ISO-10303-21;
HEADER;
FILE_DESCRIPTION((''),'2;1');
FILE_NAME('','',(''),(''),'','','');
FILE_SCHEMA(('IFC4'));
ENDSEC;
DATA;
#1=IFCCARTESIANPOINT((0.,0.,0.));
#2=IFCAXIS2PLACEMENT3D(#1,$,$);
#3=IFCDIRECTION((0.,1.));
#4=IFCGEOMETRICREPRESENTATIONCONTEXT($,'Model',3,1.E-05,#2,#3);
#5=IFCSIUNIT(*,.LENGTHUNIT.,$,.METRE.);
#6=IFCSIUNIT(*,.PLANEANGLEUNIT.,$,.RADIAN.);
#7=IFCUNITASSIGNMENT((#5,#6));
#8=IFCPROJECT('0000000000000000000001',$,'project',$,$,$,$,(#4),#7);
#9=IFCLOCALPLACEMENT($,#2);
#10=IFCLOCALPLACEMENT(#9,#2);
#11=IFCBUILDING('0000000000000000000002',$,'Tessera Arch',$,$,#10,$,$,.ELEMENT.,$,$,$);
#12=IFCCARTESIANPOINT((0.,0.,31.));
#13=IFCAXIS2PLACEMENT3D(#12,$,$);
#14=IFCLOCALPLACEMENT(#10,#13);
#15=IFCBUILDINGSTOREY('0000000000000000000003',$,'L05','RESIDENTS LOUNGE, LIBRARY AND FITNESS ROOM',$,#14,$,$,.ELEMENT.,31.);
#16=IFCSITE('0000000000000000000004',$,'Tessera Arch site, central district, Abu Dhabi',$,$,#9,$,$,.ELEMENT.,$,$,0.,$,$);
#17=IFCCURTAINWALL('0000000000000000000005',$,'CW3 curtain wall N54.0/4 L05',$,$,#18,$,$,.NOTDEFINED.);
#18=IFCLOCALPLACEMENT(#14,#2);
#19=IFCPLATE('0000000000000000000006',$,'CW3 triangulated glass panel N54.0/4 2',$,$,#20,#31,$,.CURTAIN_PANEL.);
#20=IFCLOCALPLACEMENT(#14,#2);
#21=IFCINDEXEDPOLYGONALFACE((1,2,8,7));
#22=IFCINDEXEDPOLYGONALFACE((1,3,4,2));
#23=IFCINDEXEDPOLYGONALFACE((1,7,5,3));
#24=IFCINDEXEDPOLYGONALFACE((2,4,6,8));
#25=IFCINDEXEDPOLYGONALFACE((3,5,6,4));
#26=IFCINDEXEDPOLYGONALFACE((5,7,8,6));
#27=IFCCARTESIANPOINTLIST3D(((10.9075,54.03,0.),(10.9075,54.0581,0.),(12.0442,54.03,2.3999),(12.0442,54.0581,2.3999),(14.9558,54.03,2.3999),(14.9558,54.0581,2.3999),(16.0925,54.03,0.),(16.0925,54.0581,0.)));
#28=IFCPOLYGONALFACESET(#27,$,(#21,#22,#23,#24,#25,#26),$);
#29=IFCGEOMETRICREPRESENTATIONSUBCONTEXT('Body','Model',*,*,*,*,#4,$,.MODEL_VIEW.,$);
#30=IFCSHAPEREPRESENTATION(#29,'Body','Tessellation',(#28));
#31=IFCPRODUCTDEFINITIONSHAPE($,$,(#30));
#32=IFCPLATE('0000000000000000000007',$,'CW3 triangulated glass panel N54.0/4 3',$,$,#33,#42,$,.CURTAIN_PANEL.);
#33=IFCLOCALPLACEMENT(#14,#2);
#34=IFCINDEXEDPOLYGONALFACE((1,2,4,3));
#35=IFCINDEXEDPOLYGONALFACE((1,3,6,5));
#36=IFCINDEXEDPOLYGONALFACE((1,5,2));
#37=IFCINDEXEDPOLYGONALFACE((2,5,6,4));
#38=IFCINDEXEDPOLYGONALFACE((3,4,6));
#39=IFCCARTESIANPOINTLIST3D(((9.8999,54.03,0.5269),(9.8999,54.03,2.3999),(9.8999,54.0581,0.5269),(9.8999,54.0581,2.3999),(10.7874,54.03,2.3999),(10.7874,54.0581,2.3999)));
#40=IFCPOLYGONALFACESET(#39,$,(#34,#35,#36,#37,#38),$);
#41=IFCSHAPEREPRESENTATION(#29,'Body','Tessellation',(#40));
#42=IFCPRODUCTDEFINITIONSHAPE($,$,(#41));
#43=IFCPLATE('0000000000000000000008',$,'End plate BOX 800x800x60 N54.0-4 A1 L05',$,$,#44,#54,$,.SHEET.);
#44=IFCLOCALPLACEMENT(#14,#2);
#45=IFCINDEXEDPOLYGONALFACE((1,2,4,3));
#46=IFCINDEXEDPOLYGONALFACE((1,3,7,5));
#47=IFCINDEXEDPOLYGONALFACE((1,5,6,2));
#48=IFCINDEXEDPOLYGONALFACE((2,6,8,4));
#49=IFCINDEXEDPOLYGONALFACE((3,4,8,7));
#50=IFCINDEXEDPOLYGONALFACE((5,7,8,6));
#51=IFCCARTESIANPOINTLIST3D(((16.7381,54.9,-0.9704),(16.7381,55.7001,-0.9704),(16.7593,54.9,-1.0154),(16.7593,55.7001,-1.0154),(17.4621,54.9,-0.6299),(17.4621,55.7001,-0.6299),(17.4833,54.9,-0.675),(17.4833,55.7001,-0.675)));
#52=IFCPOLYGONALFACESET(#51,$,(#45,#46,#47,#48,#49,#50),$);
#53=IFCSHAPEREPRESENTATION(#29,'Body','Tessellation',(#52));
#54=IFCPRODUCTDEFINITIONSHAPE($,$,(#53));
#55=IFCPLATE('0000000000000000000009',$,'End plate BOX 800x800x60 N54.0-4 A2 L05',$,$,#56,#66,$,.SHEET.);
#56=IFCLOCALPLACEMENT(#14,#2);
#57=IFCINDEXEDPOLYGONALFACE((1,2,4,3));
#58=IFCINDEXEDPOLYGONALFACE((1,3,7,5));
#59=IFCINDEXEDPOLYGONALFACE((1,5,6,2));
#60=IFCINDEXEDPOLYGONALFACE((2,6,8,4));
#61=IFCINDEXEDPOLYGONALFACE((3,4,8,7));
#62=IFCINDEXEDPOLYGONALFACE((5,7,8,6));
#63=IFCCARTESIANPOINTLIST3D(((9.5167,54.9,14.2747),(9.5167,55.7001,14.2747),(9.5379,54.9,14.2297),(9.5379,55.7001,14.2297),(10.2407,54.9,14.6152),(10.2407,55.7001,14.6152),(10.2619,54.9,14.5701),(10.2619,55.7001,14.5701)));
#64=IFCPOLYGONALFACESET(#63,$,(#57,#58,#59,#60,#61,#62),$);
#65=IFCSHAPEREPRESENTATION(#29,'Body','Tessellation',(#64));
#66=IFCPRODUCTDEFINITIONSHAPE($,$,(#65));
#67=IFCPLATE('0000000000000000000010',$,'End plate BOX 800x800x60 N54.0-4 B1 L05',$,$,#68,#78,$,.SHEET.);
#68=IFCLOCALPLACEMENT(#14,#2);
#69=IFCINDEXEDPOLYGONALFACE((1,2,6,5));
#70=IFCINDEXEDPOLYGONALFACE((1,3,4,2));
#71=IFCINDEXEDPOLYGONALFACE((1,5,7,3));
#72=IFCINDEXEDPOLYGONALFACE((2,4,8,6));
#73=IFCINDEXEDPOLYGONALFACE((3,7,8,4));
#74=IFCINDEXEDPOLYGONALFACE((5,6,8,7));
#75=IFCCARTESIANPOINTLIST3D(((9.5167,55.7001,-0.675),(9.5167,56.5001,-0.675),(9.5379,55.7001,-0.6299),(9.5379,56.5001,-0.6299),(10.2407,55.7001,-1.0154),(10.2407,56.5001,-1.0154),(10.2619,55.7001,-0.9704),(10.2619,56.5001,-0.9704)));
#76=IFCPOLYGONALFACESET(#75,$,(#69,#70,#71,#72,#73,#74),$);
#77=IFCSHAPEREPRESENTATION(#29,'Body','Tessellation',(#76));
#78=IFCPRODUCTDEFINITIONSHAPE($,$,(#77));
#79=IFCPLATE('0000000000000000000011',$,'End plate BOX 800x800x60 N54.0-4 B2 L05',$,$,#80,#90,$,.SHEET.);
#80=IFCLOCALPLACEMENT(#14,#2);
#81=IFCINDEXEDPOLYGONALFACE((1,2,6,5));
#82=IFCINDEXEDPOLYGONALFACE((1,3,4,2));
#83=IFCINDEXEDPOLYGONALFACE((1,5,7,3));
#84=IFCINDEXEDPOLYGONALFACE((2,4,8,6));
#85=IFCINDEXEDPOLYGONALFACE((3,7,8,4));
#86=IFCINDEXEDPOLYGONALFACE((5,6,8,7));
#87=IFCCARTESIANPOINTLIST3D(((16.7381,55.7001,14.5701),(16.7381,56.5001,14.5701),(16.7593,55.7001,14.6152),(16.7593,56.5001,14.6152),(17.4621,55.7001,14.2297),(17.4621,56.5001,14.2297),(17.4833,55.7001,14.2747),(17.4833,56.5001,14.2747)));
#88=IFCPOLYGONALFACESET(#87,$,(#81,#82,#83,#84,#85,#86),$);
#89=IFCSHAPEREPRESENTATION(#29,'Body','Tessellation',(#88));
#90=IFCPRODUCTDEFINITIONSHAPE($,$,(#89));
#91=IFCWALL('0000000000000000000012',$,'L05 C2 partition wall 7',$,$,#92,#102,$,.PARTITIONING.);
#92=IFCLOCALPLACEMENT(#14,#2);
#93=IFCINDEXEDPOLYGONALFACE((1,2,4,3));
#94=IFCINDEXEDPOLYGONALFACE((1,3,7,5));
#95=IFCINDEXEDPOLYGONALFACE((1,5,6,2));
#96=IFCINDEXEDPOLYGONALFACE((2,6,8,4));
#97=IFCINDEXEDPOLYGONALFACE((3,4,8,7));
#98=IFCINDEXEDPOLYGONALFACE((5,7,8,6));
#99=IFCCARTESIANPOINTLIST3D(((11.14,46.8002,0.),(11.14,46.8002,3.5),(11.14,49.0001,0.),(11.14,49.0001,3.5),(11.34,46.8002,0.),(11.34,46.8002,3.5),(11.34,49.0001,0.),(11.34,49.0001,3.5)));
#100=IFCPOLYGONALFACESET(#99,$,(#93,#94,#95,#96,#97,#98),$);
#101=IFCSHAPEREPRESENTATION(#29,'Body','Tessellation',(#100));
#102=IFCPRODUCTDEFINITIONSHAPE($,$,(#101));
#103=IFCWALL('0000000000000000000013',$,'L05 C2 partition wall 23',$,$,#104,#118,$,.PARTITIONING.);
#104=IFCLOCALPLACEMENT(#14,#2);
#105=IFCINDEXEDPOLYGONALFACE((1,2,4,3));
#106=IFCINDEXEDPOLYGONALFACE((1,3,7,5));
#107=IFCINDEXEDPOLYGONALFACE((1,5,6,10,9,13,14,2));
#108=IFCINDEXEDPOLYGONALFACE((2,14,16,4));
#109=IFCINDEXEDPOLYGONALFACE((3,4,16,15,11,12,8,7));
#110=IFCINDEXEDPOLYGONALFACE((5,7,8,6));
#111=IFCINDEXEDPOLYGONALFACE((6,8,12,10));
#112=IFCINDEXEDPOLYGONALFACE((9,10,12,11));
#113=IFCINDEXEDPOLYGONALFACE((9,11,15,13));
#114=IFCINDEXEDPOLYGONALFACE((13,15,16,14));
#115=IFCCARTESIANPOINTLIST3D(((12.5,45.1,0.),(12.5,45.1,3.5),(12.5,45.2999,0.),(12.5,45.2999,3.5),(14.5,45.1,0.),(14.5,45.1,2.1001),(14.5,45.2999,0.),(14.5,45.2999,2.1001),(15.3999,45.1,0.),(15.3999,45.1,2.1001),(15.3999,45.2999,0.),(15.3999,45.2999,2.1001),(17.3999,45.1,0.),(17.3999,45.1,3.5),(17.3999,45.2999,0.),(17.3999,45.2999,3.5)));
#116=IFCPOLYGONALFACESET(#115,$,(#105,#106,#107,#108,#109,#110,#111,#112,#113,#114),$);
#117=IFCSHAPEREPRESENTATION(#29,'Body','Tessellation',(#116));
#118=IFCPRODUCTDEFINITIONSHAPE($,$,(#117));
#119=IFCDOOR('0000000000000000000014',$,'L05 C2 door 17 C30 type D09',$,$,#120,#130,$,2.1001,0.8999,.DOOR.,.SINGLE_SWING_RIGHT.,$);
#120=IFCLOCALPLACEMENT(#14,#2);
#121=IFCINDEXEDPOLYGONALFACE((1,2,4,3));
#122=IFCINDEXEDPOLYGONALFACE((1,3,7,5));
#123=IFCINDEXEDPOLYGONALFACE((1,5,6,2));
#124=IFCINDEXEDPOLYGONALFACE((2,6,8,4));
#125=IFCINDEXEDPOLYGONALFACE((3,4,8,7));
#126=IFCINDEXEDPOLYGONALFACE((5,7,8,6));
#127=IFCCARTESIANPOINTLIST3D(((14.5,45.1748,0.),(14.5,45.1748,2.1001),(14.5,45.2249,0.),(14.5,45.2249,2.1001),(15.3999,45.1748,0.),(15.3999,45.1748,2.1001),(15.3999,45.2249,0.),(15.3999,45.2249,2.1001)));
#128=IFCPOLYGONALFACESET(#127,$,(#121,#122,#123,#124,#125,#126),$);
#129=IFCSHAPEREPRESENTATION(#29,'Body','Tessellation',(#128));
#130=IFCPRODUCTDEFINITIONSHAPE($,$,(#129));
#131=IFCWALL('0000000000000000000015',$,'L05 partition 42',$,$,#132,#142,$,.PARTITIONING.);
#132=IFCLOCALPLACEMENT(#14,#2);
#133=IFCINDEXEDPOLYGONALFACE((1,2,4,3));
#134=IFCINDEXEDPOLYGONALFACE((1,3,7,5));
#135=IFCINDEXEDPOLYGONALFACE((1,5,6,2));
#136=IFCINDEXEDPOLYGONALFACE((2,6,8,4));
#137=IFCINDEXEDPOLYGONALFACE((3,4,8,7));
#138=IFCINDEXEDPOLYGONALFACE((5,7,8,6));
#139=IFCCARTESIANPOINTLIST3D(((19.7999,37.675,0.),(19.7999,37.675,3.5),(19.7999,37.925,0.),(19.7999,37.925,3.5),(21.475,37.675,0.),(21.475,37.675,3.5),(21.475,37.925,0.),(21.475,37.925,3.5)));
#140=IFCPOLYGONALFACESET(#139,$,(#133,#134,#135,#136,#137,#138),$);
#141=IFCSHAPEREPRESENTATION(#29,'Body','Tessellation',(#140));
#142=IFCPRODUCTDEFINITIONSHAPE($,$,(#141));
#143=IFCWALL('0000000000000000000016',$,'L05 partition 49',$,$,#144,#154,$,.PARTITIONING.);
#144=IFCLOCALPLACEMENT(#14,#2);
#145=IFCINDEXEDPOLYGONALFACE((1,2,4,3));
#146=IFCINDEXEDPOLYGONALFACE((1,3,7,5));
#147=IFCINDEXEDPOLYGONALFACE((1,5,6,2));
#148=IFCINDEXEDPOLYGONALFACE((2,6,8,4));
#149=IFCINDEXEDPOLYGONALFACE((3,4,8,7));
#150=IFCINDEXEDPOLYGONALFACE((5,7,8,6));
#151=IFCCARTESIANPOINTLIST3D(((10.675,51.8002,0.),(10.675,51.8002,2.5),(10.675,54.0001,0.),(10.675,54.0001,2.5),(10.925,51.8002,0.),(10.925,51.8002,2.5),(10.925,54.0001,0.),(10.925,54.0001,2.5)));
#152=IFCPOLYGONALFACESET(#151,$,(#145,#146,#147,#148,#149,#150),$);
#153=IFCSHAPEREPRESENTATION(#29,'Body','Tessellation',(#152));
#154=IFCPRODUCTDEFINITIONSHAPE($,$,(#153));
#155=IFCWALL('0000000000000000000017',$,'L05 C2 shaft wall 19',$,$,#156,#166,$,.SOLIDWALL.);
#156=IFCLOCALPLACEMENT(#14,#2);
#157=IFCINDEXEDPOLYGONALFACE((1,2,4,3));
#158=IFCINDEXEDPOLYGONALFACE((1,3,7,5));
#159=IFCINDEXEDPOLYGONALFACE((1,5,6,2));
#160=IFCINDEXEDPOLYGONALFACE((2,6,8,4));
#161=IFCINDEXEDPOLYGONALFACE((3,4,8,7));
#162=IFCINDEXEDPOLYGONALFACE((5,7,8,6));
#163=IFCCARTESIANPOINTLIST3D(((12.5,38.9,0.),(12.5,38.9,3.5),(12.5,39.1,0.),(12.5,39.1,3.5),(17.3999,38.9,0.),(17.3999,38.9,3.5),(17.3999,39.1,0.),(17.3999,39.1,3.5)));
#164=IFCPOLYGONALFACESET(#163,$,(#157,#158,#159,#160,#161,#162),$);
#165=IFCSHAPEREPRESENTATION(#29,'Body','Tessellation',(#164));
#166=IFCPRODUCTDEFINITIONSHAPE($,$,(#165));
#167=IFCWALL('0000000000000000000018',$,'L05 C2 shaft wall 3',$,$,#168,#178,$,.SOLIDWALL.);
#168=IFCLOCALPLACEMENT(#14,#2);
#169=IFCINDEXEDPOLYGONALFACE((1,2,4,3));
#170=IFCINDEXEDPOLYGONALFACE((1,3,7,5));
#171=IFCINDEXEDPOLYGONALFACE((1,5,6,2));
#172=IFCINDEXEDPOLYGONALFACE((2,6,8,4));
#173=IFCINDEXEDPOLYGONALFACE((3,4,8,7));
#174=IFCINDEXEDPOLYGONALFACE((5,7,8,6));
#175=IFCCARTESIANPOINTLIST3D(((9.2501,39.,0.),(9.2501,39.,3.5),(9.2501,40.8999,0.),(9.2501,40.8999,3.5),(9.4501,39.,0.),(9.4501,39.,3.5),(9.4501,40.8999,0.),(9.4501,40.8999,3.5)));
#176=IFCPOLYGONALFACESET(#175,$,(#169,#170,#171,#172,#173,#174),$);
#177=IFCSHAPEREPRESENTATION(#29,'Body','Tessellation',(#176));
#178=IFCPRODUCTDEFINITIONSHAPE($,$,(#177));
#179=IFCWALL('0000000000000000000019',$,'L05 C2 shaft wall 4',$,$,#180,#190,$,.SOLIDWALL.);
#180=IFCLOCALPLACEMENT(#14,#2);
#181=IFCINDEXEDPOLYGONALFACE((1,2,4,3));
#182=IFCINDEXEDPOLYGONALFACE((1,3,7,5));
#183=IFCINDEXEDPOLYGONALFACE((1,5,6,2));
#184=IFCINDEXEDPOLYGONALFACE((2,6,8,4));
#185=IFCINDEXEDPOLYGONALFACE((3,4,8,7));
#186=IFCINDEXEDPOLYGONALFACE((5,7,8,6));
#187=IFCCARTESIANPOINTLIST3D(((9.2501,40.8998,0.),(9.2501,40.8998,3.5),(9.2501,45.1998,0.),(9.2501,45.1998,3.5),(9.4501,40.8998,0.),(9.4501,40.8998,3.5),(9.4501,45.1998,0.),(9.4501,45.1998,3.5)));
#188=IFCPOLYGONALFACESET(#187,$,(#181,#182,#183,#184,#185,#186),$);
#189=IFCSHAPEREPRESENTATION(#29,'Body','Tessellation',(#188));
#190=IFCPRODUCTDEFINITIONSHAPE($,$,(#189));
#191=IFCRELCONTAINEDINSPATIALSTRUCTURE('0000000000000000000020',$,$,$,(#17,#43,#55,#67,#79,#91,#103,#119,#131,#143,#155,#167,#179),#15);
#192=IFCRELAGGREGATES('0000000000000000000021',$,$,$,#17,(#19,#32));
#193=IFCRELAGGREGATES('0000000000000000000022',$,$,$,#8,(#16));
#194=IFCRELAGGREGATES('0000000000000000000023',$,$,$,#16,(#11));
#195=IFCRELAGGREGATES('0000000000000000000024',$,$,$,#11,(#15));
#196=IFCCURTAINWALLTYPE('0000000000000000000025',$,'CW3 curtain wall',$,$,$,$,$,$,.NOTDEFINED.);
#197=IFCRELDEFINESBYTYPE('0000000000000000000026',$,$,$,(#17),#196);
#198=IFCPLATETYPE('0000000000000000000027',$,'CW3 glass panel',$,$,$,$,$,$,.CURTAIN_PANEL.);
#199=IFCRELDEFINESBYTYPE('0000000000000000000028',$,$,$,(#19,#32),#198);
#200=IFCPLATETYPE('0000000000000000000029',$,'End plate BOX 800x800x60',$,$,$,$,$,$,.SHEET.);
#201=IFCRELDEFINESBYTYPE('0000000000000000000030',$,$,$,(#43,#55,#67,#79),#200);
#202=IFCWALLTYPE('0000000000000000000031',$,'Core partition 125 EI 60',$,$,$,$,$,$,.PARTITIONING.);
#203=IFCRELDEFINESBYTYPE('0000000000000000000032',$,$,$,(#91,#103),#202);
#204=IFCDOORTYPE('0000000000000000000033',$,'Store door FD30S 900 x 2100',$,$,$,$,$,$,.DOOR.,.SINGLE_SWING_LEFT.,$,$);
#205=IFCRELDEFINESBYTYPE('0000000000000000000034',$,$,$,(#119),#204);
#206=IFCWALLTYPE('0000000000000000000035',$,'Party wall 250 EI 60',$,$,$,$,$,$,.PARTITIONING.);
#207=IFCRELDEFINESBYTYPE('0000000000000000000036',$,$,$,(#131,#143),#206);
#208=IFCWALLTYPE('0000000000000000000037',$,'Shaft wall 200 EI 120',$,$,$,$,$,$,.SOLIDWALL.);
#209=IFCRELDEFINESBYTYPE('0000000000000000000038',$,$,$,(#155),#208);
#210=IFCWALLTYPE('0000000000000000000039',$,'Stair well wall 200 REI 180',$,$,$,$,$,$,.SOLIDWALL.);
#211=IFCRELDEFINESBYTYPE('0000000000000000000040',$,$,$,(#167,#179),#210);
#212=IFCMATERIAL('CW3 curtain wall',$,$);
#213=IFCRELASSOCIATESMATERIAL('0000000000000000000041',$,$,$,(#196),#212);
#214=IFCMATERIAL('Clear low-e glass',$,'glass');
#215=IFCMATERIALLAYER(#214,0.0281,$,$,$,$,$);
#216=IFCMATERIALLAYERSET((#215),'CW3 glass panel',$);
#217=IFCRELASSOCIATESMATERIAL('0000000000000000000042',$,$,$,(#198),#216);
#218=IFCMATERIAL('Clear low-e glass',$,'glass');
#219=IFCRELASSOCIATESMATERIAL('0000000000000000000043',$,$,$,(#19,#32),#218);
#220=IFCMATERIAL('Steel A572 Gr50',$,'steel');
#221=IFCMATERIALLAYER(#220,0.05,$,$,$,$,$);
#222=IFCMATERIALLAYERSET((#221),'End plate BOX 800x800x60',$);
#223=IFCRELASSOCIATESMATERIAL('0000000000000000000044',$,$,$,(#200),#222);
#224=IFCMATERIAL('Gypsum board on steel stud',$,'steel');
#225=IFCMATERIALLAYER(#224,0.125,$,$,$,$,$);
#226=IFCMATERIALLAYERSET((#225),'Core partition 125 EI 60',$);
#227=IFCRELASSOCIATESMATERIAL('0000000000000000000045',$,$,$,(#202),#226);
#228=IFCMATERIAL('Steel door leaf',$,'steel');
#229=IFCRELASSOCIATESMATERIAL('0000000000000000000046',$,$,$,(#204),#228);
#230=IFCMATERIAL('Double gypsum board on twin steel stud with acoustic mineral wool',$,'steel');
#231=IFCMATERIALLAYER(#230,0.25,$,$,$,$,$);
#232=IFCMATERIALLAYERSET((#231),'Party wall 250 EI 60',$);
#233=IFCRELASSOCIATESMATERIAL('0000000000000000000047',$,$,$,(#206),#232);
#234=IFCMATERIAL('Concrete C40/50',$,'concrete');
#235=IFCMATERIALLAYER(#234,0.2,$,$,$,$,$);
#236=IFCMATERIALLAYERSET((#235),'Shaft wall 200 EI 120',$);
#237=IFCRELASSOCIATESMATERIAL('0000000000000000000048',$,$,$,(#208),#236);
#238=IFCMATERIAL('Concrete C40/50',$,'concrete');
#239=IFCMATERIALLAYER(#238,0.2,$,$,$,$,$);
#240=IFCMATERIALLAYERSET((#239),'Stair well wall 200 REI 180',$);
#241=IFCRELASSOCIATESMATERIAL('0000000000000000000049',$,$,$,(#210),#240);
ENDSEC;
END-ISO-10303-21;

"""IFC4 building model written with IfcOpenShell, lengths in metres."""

from ifc_helpers import new_model, si_unit, direction, frame, frame_2d, origin, origin_2d, place, context, subcontext, project, spatial, polyline, rectangle, outline, extrude, material, layer, layer_set, type_object, element, fill, aggregate, save


model = new_model("IFC4")

# Units and contexts
model_context = context("Model", 3, precision=1e-05, world=origin(), true_north=direction((0.0, 1.0)))
body_context = subcontext(model_context, "Body", "Model", "MODEL_VIEW")
ifc_project = project(units=[si_unit("LENGTHUNIT", "METRE"), si_unit("PLANEANGLEUNIT", "RADIAN")], contexts=[model_context])

# Site, building, storey
site_placement = place(None, origin())
site = spatial("IfcSite", under=ifc_project, at=site_placement, Name="Tessera Arch site, central district, Abu Dhabi", CompositionType="ELEMENT", RefElevation=0.0)
building_placement = place(site_placement, origin())
building = spatial("IfcBuilding", under=site, at=building_placement, Name="Tessera Arch", CompositionType="ELEMENT")
storey_placement = place(building_placement, frame((0.0, 0.0, 31.0)))
storey = spatial("IfcBuildingStorey", under=building, at=storey_placement, Name="L05", Description="RESIDENTS LOUNGE, LIBRARY AND FITNESS ROOM", CompositionType="ELEMENT", Elevation=31.0)

# Curtain wall
ifc_material_1 = material(Name="CW3 curtain wall")
curtain_wall_type = type_object("IfcCurtainWallType", Name="CW3 curtain wall", PredefinedType="NOTDEFINED", material=ifc_material_1)
curtain_wall_placement = place(storey_placement, origin())
curtain_wall = element("IfcCurtainWall", 1, at=curtain_wall_placement, inside=storey, type_object=curtain_wall_type, Name="CW3 curtain wall N54.0/4 L05", PredefinedType="NOTDEFINED")

# Plates
ifc_material_2 = material(Name="Clear low-e glass", Category="glass")
ifc_material_3 = material(Name="Clear low-e glass", Category="glass")
ifc_layer_1 = layer(ifc_material_3, 0.0281)
ifc_layer_set_1 = layer_set([ifc_layer_1], Name="CW3 glass panel")
plate_type_1 = type_object("IfcPlateType", Name="CW3 glass panel", PredefinedType="CURTAIN_PANEL", material=ifc_layer_set_1)
plate_1_placement = place(storey_placement, frame((12.0442, 54.0581, 2.3999), z_axis=(0.0, 1.0, 0.0), x_axis=(1.0, 0.0, 0.0)))
plate_1 = element("IfcPlate", 2, at=plate_1_placement, type_object=plate_type_1, material=ifc_material_2, Name="CW3 triangulated glass panel N54.0/4 2", PredefinedType="CURTAIN_PANEL", context=body_context, shape_type="SweptSolid", body=[
    extrude(outline(polyline([(0.0, 0.0), (2.9116, 0.0), (4.0483, 2.3999), (-1.1367, 2.3999), (0.0, 0.0)])), origin(), (0.0, 0.0, -1.0), 0.0281),
])
plate_2_placement = place(storey_placement, frame((9.8999, 54.0581, 2.3999), z_axis=(0.0, 1.0, 0.0), x_axis=(1.0, 0.0, 0.0)))
plate_2 = element("IfcPlate", 3, at=plate_2_placement, type_object=plate_type_1, material=ifc_material_2, Name="CW3 triangulated glass panel N54.0/4 3", PredefinedType="CURTAIN_PANEL", context=body_context, shape_type="SweptSolid", body=[
    extrude(outline(polyline([(0.0, 0.0), (0.8875, 0.0), (0.0, 1.873), (0.0, 0.0)])), origin(), (0.0, 0.0, -1.0), 0.0281),
])
aggregate(curtain_wall, [plate_1, plate_2])

# Plates
ifc_material_4 = material(Name="Steel A572 Gr50", Category="steel")
ifc_layer_2 = layer(ifc_material_4, 0.05)
ifc_layer_set_2 = layer_set([ifc_layer_2], Name="End plate BOX 800x800x60")
plate_type_2 = type_object("IfcPlateType", Name="End plate BOX 800x800x60", PredefinedType="SHEET", material=ifc_layer_set_2)
for number, where, z_axis, x_axis, name in (
    (4, (17.1213, 55.3, -0.8452), (-0.425561, 0.0, 0.90493), (0.0, -1.0, 0.0), "End plate BOX 800x800x60 N54.0-4 A1 L05"),
    (5, (9.8999, 55.3, 14.3999), (-0.425561, 0.0, 0.90493), (0.0, -1.0, 0.0), "End plate BOX 800x800x60 N54.0-4 A2 L05"),
    (6, (9.8787, 56.1001, -0.8452), (0.425561, 0.0, 0.90493), (0.0, 1.0, 0.0), "End plate BOX 800x800x60 N54.0-4 B1 L05"),
    (7, (17.1001, 56.1001, 14.3999), (0.425561, 0.0, 0.90493), (0.0, 1.0, 0.0), "End plate BOX 800x800x60 N54.0-4 B2 L05"),
):
    element("IfcPlate", number, at=place(storey_placement, frame(where, z_axis=z_axis, x_axis=x_axis)), inside=storey, type_object=plate_type_2, Name=name, PredefinedType="SHEET", context=body_context, shape_type="SweptSolid", body=[
        extrude(rectangle(XDim=0.8, YDim=0.8, at=origin_2d()), origin(), (0.0, 0.0, 1.0), 0.0498),
    ])

# Wall
ifc_material_5 = material(Name="Gypsum board on steel stud", Category="steel")
ifc_layer_3 = layer(ifc_material_5, 0.125)
ifc_layer_set_3 = layer_set([ifc_layer_3], Name="Core partition 125 EI 60")
wall_type_1 = type_object("IfcWallType", Name="Core partition 125 EI 60", PredefinedType="PARTITIONING", material=ifc_layer_set_3)
wall_1_placement = place(storey_placement, frame((11.24, 46.8, 0.0), z_axis=(0.0, 0.0, 1.0), x_axis=(0.0, 1.0, 0.0)))
element("IfcWall", 8, at=wall_1_placement, inside=storey, type_object=wall_type_1, Name="L05 C2 partition wall 7", PredefinedType="PARTITIONING", context=body_context, shape_type="SweptSolid", body=[
    extrude(rectangle(XDim=2.2, YDim=0.2, at=frame_2d((1.1001, 0.0))), origin(), (0.0, 0.0, 1.0), 3.5),
])

# Wall, opening, door
wall_2_placement = place(storey_placement, frame((12.5, 45.2, 0.0), z_axis=(0.0, 0.0, 1.0), x_axis=(1.0, 0.0, 0.0)))
wall_2 = element("IfcWall", 9, at=wall_2_placement, inside=storey, type_object=wall_type_1, Name="L05 C2 partition wall 23", PredefinedType="PARTITIONING", context=body_context, shape_type="SweptSolid", body=[
    extrude(rectangle(XDim=4.8999, YDim=0.2, at=frame_2d((2.45, 0.0))), origin(), (0.0, 0.0, 1.0), 3.5),
])
opening_placement = place(wall_2_placement, frame((2.0, 0.0, 0.0)))
opening = element("IfcOpeningElement", 10, at=opening_placement, cuts=wall_2, PredefinedType="OPENING", context=body_context, shape_type="SweptSolid", body=[
    extrude(rectangle(XDim=0.8999, YDim=2.1001, at=frame_2d((0.45, 1.05))), frame((0.0, 0.1099, 0.0), z_axis=(0.0, -1.0, 0.0), x_axis=(1.0, 0.0, 0.0)), (0.0, 0.0, 1.0), 0.22),
])
ifc_material_6 = material(Name="Steel door leaf", Category="steel")
door_type = type_object("IfcDoorType", Name="Store door FD30S 900 x 2100", OperationType="SINGLE_SWING_LEFT", PredefinedType="DOOR", material=ifc_material_6)
door_placement = place(opening_placement, origin())
door = element("IfcDoor", 11, at=door_placement, inside=storey, type_object=door_type, Name="L05 C2 door 17 C30 type D09", OperationType="SINGLE_SWING_RIGHT", OverallHeight=2.1001, OverallWidth=0.8999, PredefinedType="DOOR", context=body_context, shape_type="SweptSolid", body=[
    extrude(rectangle(XDim=0.8999, YDim=2.1001, at=frame_2d((0.45, 1.05))), frame((0.0, 0.0249, 0.0), z_axis=(0.0, -1.0, 0.0), x_axis=(1.0, 0.0, 0.0)), (0.0, 0.0, 1.0), 0.05),
])
fill(opening, door)

# Walls
ifc_material_7 = material(Name="Double gypsum board on twin steel stud with acoustic mineral wool", Category="steel")
ifc_layer_4 = layer(ifc_material_7, 0.25)
ifc_layer_set_4 = layer_set([ifc_layer_4], Name="Party wall 250 EI 60")
wall_type_2 = type_object("IfcWallType", Name="Party wall 250 EI 60", PredefinedType="PARTITIONING", material=ifc_layer_set_4)
wall_3_placement = place(storey_placement, frame((19.8, 37.8, 0.0), z_axis=(0.0, 0.0, 1.0), x_axis=(1.0, 0.0, 0.0)))
element("IfcWall", 12, at=wall_3_placement, inside=storey, type_object=wall_type_2, Name="L05 partition 42", PredefinedType="PARTITIONING", context=body_context, shape_type="SweptSolid", body=[
    extrude(rectangle(XDim=1.675, YDim=0.25, at=frame_2d((0.8374, 0.0))), origin(), (0.0, 0.0, 1.0), 3.5),
])
wall_4_placement = place(storey_placement, frame((10.8, 51.8, 0.0), z_axis=(0.0, 0.0, 1.0), x_axis=(0.0, 1.0, 0.0)))
element("IfcWall", 13, at=wall_4_placement, inside=storey, type_object=wall_type_2, Name="L05 partition 49", PredefinedType="PARTITIONING", context=body_context, shape_type="SweptSolid", body=[
    extrude(rectangle(XDim=2.2, YDim=0.25, at=frame_2d((1.1001, 0.0))), origin(), (0.0, 0.0, 1.0), 2.5),
])
ifc_material_8 = material(Name="Concrete C40/50", Category="concrete")
ifc_layer_5 = layer(ifc_material_8, 0.2)
ifc_layer_set_5 = layer_set([ifc_layer_5], Name="Shaft wall 200 EI 120")
wall_type_3 = type_object("IfcWallType", Name="Shaft wall 200 EI 120", PredefinedType="SOLIDWALL", material=ifc_layer_set_5)
wall_5_placement = place(storey_placement, frame((12.5, 39.0, 0.0), z_axis=(0.0, 0.0, 1.0), x_axis=(1.0, 0.0, 0.0)))
element("IfcWall", 14, at=wall_5_placement, inside=storey, type_object=wall_type_3, Name="L05 C2 shaft wall 19", PredefinedType="SOLIDWALL", context=body_context, shape_type="SweptSolid", body=[
    extrude(rectangle(XDim=4.8999, YDim=0.2, at=frame_2d((2.45, 0.0))), origin(), (0.0, 0.0, 1.0), 3.5),
])
ifc_material_9 = material(Name="Concrete C40/50", Category="concrete")
ifc_layer_6 = layer(ifc_material_9, 0.2)
ifc_layer_set_6 = layer_set([ifc_layer_6], Name="Stair well wall 200 REI 180")
wall_type_4 = type_object("IfcWallType", Name="Stair well wall 200 REI 180", PredefinedType="SOLIDWALL", material=ifc_layer_set_6)
wall_6_placement = place(storey_placement, frame((9.3501, 39.0, 0.0), z_axis=(0.0, 0.0, 1.0), x_axis=(0.0, 1.0, 0.0)))
element("IfcWall", 15, at=wall_6_placement, inside=storey, type_object=wall_type_4, Name="L05 C2 shaft wall 3", PredefinedType="SOLIDWALL", context=body_context, shape_type="SweptSolid", body=[
    extrude(rectangle(XDim=1.8999, YDim=0.2, at=frame_2d((0.95, 0.0))), origin(), (0.0, 0.0, 1.0), 3.5),
])
wall_7_placement = place(storey_placement, frame((9.3501, 40.8999, 0.0), z_axis=(0.0, 0.0, 1.0), x_axis=(0.0, 1.0, 0.0)))
element("IfcWall", 16, at=wall_7_placement, inside=storey, type_object=wall_type_4, Name="L05 C2 shaft wall 4", PredefinedType="SOLIDWALL", context=body_context, shape_type="SweptSolid", body=[
    extrude(rectangle(XDim=4.3, YDim=0.2, at=frame_2d((2.1499, 0.0))), origin(), (0.0, 0.0, 1.0), 3.5),
])

save(model, "model.ifc")
